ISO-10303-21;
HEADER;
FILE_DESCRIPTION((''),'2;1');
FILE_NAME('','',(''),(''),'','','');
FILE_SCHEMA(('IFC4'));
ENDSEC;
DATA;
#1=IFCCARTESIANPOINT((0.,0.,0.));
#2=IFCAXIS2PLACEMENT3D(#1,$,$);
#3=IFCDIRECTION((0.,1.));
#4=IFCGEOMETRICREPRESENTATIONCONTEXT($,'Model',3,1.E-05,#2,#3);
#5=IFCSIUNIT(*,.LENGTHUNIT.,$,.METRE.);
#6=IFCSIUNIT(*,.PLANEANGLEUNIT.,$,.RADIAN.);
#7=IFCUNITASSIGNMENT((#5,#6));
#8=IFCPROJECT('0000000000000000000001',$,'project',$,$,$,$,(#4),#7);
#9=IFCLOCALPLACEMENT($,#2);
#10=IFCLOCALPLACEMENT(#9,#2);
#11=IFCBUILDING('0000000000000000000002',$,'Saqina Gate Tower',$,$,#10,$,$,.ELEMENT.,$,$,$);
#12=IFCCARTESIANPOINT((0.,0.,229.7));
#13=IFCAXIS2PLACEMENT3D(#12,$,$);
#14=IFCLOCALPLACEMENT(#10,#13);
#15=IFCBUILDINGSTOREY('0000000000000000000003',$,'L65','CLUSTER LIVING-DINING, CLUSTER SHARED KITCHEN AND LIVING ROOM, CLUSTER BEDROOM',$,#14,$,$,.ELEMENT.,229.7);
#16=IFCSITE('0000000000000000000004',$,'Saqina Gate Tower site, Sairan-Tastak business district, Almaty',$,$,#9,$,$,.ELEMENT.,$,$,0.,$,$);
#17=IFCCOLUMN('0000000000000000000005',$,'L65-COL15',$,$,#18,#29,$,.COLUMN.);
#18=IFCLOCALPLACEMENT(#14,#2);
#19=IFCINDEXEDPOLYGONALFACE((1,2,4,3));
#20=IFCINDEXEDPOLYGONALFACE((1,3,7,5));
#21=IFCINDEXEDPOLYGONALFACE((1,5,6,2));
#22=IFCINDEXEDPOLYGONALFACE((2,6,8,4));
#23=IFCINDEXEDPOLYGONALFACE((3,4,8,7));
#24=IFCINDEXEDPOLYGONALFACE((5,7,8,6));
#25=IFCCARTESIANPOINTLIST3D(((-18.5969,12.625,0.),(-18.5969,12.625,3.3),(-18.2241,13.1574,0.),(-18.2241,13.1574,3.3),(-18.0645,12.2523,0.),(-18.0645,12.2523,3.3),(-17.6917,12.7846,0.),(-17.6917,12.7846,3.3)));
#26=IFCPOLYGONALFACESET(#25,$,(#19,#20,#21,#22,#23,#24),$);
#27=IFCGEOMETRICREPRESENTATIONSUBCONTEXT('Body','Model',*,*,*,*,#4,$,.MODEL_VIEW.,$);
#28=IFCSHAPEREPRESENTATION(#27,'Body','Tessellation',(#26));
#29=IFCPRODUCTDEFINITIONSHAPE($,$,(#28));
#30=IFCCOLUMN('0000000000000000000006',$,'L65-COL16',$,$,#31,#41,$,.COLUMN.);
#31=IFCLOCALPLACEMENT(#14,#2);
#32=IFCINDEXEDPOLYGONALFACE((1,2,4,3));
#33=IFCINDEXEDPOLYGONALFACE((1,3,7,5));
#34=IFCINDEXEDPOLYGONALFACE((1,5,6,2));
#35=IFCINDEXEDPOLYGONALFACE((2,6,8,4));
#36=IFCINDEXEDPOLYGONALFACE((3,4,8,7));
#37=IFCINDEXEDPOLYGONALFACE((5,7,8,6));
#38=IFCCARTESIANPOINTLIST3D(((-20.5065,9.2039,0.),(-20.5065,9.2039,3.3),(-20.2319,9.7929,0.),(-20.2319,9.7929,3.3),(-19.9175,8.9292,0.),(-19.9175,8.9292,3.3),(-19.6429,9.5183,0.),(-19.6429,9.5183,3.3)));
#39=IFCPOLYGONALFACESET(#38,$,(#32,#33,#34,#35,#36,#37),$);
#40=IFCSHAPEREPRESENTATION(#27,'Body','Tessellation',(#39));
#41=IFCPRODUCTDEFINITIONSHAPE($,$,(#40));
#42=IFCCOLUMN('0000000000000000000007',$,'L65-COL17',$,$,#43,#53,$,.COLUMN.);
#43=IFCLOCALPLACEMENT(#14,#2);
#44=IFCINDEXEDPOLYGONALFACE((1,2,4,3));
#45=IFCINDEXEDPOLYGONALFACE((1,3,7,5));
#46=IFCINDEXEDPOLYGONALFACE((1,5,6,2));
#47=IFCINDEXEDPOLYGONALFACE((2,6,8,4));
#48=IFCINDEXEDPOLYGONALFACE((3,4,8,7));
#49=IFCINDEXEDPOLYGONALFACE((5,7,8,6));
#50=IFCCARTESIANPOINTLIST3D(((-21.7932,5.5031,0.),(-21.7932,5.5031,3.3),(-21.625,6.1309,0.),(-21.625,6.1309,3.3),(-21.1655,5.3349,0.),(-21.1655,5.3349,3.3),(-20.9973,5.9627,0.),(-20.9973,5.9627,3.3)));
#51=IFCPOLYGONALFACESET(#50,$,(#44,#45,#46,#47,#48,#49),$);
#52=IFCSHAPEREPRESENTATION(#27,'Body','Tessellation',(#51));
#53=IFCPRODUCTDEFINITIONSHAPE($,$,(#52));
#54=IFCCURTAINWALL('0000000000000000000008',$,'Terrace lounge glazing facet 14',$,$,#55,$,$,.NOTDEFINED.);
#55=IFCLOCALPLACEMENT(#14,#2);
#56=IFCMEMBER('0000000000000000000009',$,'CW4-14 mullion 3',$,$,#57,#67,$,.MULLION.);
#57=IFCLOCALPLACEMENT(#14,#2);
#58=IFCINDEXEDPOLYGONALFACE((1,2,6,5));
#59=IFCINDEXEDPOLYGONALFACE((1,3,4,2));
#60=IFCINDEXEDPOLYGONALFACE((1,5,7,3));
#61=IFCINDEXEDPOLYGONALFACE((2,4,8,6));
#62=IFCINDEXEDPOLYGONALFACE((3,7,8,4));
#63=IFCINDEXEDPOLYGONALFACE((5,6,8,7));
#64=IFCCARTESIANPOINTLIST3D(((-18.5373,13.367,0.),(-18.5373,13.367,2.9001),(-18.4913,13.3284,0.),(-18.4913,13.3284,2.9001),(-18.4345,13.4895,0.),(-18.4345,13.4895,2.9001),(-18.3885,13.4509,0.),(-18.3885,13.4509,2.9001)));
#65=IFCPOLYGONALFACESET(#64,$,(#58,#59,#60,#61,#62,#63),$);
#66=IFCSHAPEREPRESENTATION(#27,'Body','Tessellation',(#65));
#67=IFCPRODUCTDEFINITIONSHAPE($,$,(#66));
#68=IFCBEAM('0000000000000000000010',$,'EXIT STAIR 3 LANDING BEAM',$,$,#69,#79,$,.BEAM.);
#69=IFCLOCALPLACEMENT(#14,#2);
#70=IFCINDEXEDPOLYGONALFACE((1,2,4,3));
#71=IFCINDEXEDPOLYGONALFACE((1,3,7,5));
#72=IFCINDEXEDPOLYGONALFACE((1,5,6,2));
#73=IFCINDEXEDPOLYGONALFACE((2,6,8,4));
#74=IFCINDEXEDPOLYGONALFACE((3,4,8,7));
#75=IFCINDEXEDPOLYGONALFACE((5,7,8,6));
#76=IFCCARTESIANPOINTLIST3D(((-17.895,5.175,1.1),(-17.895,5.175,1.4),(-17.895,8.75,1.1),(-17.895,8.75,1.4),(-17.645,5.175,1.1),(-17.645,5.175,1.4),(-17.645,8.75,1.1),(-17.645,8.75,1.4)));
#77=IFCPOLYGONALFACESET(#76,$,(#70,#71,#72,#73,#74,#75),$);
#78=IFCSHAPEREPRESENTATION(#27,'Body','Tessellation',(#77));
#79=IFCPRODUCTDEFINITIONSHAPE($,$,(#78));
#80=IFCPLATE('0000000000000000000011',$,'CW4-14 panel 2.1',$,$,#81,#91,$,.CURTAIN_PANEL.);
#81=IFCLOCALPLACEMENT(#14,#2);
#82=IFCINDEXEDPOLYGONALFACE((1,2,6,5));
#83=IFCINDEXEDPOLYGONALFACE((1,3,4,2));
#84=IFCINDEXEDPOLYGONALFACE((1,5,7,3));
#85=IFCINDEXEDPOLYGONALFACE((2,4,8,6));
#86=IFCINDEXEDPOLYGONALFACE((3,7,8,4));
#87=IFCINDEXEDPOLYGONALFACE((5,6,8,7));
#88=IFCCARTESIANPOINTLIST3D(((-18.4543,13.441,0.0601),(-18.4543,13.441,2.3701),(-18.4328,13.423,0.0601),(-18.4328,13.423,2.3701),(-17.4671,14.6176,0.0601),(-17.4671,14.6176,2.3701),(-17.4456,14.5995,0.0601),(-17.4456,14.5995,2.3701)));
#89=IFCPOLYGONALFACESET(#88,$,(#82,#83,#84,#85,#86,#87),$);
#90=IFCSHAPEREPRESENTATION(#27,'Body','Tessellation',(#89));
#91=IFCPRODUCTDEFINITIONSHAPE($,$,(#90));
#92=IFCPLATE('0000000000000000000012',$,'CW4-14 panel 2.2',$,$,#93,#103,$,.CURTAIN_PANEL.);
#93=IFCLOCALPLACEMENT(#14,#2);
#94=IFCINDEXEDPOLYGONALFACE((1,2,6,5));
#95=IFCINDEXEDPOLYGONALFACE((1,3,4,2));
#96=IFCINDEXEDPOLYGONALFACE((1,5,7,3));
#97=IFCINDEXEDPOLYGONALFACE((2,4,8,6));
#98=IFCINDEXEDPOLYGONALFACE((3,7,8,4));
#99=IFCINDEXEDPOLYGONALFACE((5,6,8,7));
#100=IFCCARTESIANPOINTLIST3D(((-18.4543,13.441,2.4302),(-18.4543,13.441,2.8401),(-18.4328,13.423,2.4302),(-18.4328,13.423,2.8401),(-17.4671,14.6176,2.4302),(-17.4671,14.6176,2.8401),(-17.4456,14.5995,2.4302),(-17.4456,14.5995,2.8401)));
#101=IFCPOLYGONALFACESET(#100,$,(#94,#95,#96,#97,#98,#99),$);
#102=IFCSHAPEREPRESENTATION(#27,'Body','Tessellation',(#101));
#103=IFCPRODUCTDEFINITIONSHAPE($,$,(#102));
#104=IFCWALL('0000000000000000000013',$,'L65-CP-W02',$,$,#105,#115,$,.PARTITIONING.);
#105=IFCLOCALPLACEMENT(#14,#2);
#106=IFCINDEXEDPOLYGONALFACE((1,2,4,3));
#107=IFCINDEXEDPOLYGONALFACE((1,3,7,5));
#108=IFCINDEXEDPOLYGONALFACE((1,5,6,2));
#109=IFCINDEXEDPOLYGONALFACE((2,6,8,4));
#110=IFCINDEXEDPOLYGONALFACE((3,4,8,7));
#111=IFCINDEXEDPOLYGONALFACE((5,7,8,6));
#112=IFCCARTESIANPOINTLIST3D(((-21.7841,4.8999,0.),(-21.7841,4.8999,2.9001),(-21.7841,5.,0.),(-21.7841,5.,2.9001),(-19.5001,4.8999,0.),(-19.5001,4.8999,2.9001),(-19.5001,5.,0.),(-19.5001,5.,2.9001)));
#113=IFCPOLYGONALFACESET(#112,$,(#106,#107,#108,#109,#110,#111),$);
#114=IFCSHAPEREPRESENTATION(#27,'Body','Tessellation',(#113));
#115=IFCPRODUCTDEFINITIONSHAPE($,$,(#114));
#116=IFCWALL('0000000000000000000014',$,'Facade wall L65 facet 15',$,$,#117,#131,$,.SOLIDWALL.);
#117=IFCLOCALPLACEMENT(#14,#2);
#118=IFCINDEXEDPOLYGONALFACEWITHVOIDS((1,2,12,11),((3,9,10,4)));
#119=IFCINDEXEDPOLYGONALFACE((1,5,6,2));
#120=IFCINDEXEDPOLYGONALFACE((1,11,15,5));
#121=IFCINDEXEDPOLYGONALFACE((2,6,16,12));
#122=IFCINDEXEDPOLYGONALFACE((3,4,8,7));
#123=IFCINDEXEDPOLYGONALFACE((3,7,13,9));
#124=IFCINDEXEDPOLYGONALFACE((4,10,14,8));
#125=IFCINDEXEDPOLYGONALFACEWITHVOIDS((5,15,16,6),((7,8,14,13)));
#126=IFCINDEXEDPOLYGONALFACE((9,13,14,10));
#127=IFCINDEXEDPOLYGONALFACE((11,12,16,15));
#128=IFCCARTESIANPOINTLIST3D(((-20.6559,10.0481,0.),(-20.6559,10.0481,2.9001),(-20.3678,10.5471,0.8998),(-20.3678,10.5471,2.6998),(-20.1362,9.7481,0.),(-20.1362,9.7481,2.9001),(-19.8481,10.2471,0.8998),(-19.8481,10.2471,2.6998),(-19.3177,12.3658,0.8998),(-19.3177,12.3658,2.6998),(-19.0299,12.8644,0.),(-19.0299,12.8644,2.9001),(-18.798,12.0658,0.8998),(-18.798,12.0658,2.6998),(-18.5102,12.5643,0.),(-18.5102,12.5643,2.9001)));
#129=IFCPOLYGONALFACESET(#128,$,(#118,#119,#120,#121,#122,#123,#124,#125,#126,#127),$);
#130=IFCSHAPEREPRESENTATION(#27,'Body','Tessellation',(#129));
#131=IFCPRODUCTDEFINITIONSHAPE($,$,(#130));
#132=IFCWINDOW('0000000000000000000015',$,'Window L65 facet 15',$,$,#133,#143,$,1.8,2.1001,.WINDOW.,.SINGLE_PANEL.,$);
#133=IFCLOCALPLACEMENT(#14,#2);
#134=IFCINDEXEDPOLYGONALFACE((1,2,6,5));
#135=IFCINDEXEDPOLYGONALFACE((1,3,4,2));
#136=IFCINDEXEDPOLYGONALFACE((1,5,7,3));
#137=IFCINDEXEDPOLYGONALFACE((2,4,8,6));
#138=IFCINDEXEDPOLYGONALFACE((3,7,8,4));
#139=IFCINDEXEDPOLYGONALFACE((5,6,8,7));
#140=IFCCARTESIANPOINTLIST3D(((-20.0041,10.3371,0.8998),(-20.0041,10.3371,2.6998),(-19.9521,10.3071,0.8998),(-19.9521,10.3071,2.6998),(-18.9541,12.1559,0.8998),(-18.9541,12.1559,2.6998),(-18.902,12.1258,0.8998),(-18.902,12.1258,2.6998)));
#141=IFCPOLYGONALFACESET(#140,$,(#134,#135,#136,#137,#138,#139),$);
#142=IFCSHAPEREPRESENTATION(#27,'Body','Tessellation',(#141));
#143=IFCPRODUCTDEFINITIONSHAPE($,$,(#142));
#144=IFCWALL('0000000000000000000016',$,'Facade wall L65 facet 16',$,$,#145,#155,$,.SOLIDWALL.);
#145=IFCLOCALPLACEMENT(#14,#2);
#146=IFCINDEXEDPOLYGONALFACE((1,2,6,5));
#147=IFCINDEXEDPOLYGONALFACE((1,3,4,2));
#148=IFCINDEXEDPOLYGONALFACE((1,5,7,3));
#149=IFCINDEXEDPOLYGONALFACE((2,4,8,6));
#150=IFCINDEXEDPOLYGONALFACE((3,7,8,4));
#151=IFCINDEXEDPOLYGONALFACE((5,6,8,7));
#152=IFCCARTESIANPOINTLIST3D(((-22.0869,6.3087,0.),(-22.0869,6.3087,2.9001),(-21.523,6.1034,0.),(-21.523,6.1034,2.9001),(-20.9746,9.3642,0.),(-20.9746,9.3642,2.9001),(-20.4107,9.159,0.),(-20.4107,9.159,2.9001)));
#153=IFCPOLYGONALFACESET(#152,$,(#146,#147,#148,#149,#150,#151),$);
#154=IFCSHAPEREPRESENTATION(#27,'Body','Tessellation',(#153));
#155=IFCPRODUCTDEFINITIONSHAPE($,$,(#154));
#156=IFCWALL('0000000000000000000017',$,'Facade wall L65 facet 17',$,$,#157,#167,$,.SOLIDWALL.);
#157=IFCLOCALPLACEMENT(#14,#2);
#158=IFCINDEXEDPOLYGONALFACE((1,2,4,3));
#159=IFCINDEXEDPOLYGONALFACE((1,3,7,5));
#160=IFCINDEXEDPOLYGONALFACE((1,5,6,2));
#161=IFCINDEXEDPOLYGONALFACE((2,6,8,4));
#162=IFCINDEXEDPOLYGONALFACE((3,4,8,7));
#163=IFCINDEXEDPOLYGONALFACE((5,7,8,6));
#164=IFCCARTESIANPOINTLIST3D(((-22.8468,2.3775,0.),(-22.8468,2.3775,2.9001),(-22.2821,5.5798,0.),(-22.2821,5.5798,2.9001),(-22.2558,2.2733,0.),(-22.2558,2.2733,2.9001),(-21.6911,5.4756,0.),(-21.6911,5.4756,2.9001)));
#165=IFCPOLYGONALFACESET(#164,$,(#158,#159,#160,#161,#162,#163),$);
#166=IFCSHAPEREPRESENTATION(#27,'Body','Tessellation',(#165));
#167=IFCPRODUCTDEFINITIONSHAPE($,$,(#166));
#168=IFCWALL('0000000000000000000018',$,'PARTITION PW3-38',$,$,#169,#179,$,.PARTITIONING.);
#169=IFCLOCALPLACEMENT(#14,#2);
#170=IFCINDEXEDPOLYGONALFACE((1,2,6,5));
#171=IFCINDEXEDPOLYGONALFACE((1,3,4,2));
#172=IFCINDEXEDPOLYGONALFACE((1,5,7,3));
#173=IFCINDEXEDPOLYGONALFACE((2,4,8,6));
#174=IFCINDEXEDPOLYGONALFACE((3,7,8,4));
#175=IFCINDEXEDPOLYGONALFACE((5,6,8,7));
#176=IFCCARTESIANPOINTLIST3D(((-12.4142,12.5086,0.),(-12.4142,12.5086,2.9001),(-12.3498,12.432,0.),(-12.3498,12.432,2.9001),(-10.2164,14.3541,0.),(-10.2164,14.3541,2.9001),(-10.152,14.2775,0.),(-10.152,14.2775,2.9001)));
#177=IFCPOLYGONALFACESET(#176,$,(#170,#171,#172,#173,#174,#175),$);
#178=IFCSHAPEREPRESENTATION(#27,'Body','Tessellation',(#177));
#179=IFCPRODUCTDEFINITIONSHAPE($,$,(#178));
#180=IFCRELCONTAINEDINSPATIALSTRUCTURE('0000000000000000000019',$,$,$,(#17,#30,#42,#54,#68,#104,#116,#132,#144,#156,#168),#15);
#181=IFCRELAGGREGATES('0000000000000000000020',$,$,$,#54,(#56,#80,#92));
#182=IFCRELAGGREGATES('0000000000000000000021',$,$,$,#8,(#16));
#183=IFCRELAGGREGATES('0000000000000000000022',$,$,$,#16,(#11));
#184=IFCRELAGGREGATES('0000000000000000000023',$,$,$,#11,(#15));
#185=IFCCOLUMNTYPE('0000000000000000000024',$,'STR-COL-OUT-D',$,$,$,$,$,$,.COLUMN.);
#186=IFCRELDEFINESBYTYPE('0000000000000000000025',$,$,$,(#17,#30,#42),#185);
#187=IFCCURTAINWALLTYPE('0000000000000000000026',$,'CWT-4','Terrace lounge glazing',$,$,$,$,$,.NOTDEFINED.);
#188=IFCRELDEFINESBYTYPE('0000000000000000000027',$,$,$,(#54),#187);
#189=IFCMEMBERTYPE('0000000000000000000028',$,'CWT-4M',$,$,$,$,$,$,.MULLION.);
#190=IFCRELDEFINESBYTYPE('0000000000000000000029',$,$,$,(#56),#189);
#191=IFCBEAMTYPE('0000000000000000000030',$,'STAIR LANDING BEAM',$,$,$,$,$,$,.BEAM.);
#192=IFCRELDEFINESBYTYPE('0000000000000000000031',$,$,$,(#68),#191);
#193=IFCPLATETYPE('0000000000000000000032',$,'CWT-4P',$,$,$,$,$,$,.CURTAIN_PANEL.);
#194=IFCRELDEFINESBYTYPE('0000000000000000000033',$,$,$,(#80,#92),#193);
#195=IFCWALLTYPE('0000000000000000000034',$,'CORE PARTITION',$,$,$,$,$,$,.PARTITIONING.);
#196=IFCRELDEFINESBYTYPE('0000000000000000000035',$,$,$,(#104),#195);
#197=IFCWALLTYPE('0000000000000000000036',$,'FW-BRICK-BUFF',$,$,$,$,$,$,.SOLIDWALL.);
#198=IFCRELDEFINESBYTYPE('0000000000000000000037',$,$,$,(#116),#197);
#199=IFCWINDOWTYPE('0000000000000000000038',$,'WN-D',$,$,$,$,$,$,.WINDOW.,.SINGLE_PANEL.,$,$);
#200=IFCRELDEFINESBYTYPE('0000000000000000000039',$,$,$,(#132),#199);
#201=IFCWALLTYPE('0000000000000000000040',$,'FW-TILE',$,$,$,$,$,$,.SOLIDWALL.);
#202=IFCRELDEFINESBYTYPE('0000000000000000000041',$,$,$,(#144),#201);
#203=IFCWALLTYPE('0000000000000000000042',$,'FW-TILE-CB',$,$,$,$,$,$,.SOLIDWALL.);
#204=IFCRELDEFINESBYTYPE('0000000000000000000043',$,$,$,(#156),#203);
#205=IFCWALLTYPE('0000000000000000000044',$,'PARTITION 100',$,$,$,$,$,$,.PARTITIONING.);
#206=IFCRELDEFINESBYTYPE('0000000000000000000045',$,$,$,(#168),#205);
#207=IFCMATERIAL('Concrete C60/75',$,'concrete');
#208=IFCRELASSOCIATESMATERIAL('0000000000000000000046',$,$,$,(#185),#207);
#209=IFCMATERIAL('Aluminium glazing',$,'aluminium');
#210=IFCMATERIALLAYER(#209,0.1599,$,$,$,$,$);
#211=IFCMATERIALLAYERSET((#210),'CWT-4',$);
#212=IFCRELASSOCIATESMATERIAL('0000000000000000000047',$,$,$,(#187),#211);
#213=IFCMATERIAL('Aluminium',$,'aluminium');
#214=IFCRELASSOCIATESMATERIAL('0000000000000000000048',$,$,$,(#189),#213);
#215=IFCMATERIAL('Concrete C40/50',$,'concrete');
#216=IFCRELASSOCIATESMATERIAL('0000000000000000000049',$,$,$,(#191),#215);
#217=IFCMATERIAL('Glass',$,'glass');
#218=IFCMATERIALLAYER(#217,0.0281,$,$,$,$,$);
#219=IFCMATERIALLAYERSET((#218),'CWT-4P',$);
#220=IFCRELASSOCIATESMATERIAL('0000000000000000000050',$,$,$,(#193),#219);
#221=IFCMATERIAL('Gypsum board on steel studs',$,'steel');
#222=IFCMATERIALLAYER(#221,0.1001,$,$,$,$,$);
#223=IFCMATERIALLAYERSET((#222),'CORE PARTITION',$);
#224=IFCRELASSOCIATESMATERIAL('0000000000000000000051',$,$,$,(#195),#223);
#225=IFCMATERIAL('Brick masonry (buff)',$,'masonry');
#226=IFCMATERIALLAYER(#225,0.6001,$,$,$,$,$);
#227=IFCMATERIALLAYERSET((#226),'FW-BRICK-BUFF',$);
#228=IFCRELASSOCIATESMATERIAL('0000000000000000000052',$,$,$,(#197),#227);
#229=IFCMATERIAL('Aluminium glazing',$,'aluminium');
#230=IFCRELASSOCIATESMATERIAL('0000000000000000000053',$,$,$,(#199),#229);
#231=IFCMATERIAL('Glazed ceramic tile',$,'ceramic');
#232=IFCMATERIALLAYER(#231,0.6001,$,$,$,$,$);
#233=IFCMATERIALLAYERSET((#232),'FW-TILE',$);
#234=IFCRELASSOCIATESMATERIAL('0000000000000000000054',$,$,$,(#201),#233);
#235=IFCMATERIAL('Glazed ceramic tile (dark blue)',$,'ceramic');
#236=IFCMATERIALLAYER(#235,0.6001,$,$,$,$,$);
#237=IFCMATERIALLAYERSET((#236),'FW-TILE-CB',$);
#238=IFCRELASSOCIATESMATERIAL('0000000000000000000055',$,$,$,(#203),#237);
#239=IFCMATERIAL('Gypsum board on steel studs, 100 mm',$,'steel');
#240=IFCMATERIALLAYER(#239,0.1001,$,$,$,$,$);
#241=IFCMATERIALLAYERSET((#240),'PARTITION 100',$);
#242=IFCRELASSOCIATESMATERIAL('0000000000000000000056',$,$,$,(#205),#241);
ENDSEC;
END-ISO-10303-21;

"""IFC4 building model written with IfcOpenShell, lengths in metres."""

from ifc_helpers import new_model, si_unit, direction, frame, frame_2d, origin, origin_2d, place, context, subcontext, project, spatial, rectangle, extrude, material, layer, layer_set, material_profile, profile_set, type_object, element, fill, aggregate, save


model = new_model("IFC4")

# Units and contexts
model_context = context("Model", 3, precision=1e-05, world=origin(), true_north=direction((0.0, 1.0)))
body_context = subcontext(model_context, "Body", "Model", "MODEL_VIEW")
ifc_project = project(units=[si_unit("LENGTHUNIT", "METRE"), si_unit("PLANEANGLEUNIT", "RADIAN")], contexts=[model_context])

# Site, building, storey
site_placement = place(None, origin())
site = spatial("IfcSite", under=ifc_project, at=site_placement, Name="Saqina Gate Tower site, Sairan-Tastak business district, Almaty", CompositionType="ELEMENT", RefElevation=0.0)
building_placement = place(site_placement, origin())
building = spatial("IfcBuilding", under=site, at=building_placement, Name="Saqina Gate Tower", CompositionType="ELEMENT")
storey_placement = place(building_placement, frame((0.0, 0.0, 229.7)))
storey = spatial("IfcBuildingStorey", under=building, at=storey_placement, Name="L65", Description="CLUSTER LIVING-DINING, CLUSTER SHARED KITCHEN AND LIVING ROOM, CLUSTER BEDROOM", CompositionType="ELEMENT", Elevation=229.7)

# Columns
ifc_material_1 = material(Name="Concrete C60/75", Category="concrete")
ifc_material_profile_1 = material_profile(ifc_material_1, rectangle(XDim=0.6499, YDim=0.6499, at=origin_2d()), Name="RC 650x650")
ifc_profile_set_1 = profile_set([ifc_material_profile_1], Name="Concrete C60/75")
column_type = type_object("IfcColumnType", Name="STR-COL-OUT-D", PredefinedType="COLUMN", material=ifc_profile_set_1)
for number, where, z_axis, x_axis, name in (
    (1, (-18.1443, 12.7048, 0.0), (0.0, 0.0, 1.0), (-0.819152, 0.573576, 0.0), "L65-COL15"),
    (2, (-20.0747, 9.3611, 0.0), (0.0, 0.0, 1.0), (-0.906308, 0.422618, 0.0), "L65-COL16"),
    (3, (-21.3953, 5.7329, 0.0), (0.0, 0.0, 1.0), (-0.965926, 0.258819, 0.0), "L65-COL17"),
):
    element("IfcColumn", number, at=place(storey_placement, frame(where, z_axis=z_axis, x_axis=x_axis)), inside=storey, type_object=column_type, Name=name, PredefinedType="COLUMN", context=body_context, shape_type="SweptSolid", body=[
        extrude(rectangle(XDim=0.6499, YDim=0.6499, at=origin_2d()), origin(), (0.0, 0.0, 1.0), 3.3),
    ])

# Curtain wall, member
ifc_material_2 = material(Name="Aluminium glazing", Category="aluminium")
ifc_layer_1 = layer(ifc_material_2, 0.1599)
ifc_layer_set_1 = layer_set([ifc_layer_1], Name="CWT-4")
curtain_wall_type = type_object("IfcCurtainWallType", Name="CWT-4", Description="Terrace lounge glazing", PredefinedType="NOTDEFINED", material=ifc_layer_set_1)
curtain_wall_placement = place(storey_placement, origin())
curtain_wall = element("IfcCurtainWall", 4, at=curtain_wall_placement, inside=storey, type_object=curtain_wall_type, Name="Terrace lounge glazing facet 14", PredefinedType="NOTDEFINED")
ifc_material_3 = material(Name="Aluminium", Category="aluminium")
ifc_material_profile_2 = material_profile(ifc_material_3, rectangle(XDim=0.0601, YDim=0.1599, at=origin_2d()), Name="Aluminium 60x160")
ifc_profile_set_2 = profile_set([ifc_material_profile_2], Name="Aluminium")
member_type = type_object("IfcMemberType", Name="CWT-4M", PredefinedType="MULLION", material=ifc_profile_set_2)
member_placement = place(storey_placement, frame((-18.4629, 13.4089, 0.0), z_axis=(0.0, 0.0, 1.0), x_axis=(0.766046, -0.642785, 0.0)))
member = element("IfcMember", 5, at=member_placement, type_object=member_type, Name="CW4-14 mullion 3", PredefinedType="MULLION", context=body_context, shape_type="SweptSolid", body=[
    extrude(rectangle(XDim=0.0601, YDim=0.1599, at=origin_2d()), origin(), (0.0, 0.0, 1.0), 2.9001),
])

# Beam
ifc_material_4 = material(Name="Concrete C40/50", Category="concrete")
ifc_material_profile_3 = material_profile(ifc_material_4, rectangle(XDim=0.25, YDim=0.3, at=origin_2d()), Name="STAIR LANDING BEAM")
ifc_profile_set_3 = profile_set([ifc_material_profile_3], Name="Concrete C40/50")
beam_type = type_object("IfcBeamType", Name="STAIR LANDING BEAM", PredefinedType="BEAM", material=ifc_profile_set_3)
beam_placement = place(storey_placement, frame((-17.77, 5.175, 1.25), z_axis=(0.0, 1.0, 0.0), x_axis=(-1.0, 0.0, 0.0)))
element("IfcBeam", 6, at=beam_placement, inside=storey, type_object=beam_type, Name="EXIT STAIR 3 LANDING BEAM", PredefinedType="BEAM", context=body_context, shape_type="SweptSolid", body=[
    extrude(rectangle(XDim=0.25, YDim=0.3, at=origin_2d()), origin(), (0.0, 0.0, 1.0), 3.575),
])

# Plates
ifc_material_5 = material(Name="Glass", Category="glass")
ifc_layer_2 = layer(ifc_material_5, 0.0281)
ifc_layer_set_2 = layer_set([ifc_layer_2], Name="CWT-4P")
plate_type = type_object("IfcPlateType", Name="CWT-4P", PredefinedType="CURTAIN_PANEL", material=ifc_layer_set_2)
plate_1_placement = place(storey_placement, frame((-17.95, 14.0203, 0.0601), z_axis=(0.0, 0.0, 1.0), x_axis=(-0.642785, -0.766046, 0.0)))
plate_1 = element("IfcPlate", 7, at=plate_1_placement, type_object=plate_type, Name="CW4-14 panel 2.1", PredefinedType="CURTAIN_PANEL", context=body_context, shape_type="SweptSolid", body=[
    extrude(rectangle(XDim=1.5359, YDim=0.0281, at=origin_2d()), origin(), (0.0, 0.0, 1.0), 2.3101),
])
plate_2_placement = place(storey_placement, frame((-17.95, 14.0203, 2.4302), z_axis=(0.0, 0.0, 1.0), x_axis=(-0.642785, -0.766046, 0.0)))
plate_2 = element("IfcPlate", 8, at=plate_2_placement, type_object=plate_type, Name="CW4-14 panel 2.2", PredefinedType="CURTAIN_PANEL", context=body_context, shape_type="SweptSolid", body=[
    extrude(rectangle(XDim=1.5359, YDim=0.0281, at=origin_2d()), origin(), (0.0, 0.0, 1.0), 0.4099),
])
aggregate(curtain_wall, [member, plate_1, plate_2])

# Wall
ifc_material_6 = material(Name="Gypsum board on steel studs", Category="steel")
ifc_layer_3 = layer(ifc_material_6, 0.1001)
ifc_layer_set_3 = layer_set([ifc_layer_3], Name="CORE PARTITION")
wall_type_1 = type_object("IfcWallType", Name="CORE PARTITION", PredefinedType="PARTITIONING", material=ifc_layer_set_3)
wall_1_placement = place(storey_placement, frame((-19.5, 4.95, 0.0), z_axis=(0.0, 0.0, 1.0), x_axis=(-1.0, 0.0, 0.0)))
element("IfcWall", 9, at=wall_1_placement, inside=storey, type_object=wall_type_1, Name="L65-CP-W02", PredefinedType="PARTITIONING", context=body_context, shape_type="SweptSolid", body=[
    extrude(rectangle(XDim=2.2839, YDim=0.1001, at=frame_2d((1.1421, 0.0))), origin(), (0.0, 0.0, 1.0), 2.9001),
])

# Wall, opening, window
ifc_material_7 = material(Name="Brick masonry (buff)", Category="masonry")
ifc_layer_4 = layer(ifc_material_7, 0.6001)
ifc_layer_set_4 = layer_set([ifc_layer_4], Name="FW-BRICK-BUFF")
wall_type_2 = type_object("IfcWallType", Name="FW-BRICK-BUFF", PredefinedType="SOLIDWALL", material=ifc_layer_set_4)
wall_2_placement = place(storey_placement, frame((-18.77, 12.7144, 0.0), z_axis=(0.0, 0.0, 1.0), x_axis=(-0.500015, -0.866017, 0.0)))
wall_2 = element("IfcWall", 10, at=wall_2_placement, inside=storey, type_object=wall_type_2, Name="Facade wall L65 facet 15", PredefinedType="SOLIDWALL", context=body_context, shape_type="SweptSolid", body=[
    extrude(rectangle(XDim=3.252, YDim=0.6001, at=frame_2d((1.626, 0.0))), origin(), (0.0, 0.0, 1.0), 2.9001),
])
opening_1_placement = place(wall_2_placement, frame((0.5757, 0.0, 0.8999)))
opening_1 = element("IfcOpeningElement", 11, at=opening_1_placement, cuts=wall_2, PredefinedType="OPENING", context=body_context, shape_type="SweptSolid", body=[
    extrude(rectangle(XDim=2.1001, YDim=1.8, at=frame_2d((1.05, 0.8999))), frame((0.0, 0.312, 0.0), z_axis=(0.0, -1.0, 0.0), x_axis=(1.0, 0.0, 0.0)), (0.0, 0.0, 1.0), 0.624),
])
ifc_material_8 = material(Name="Aluminium glazing", Category="aluminium")
window_type = type_object("IfcWindowType", Name="WN-D", PartitioningType="SINGLE_PANEL", PredefinedType="WINDOW", material=ifc_material_8)
window_placement = place(opening_1_placement, origin())
window = element("IfcWindow", 12, at=window_placement, inside=storey, type_object=window_type, Name="Window L65 facet 15", OverallHeight=1.8, OverallWidth=2.1001, PartitioningType="SINGLE_PANEL", PredefinedType="WINDOW", context=body_context, shape_type="SweptSolid", body=[
    extrude(rectangle(XDim=2.1001, YDim=1.8, at=frame_2d((1.05, 0.8999))), frame((0.0, 0.1799, 0.0), z_axis=(0.0, -1.0, 0.0), x_axis=(1.0, 0.0, 0.0)), (0.0, 0.0, 1.0), 0.0601),
])
fill(opening_1, window)

# Walls
ifc_material_9 = material(Name="Glazed ceramic tile", Category="ceramic")
ifc_layer_5 = layer(ifc_material_9, 0.6001)
ifc_layer_set_5 = layer_set([ifc_layer_5], Name="FW-TILE")
wall_type_3 = type_object("IfcWallType", Name="FW-TILE", PredefinedType="SOLIDWALL", material=ifc_layer_set_5)
wall_3_placement = place(storey_placement, frame((-20.6926, 9.2617, 0.0), z_axis=(0.0, 0.0, 1.0), x_axis=(-0.342057, -0.939679, 0.0)))
element("IfcWall", 13, at=wall_3_placement, inside=storey, type_object=wall_type_3, Name="Facade wall L65 facet 16", PredefinedType="SOLIDWALL", context=body_context, shape_type="SweptSolid", body=[
    extrude(rectangle(XDim=3.2517, YDim=0.6001, at=frame_2d((1.626, 0.0))), origin(), (0.0, 0.0, 1.0), 2.9001),
])
ifc_material_10 = material(Name="Glazed ceramic tile (dark blue)", Category="ceramic")
ifc_layer_6 = layer(ifc_material_10, 0.6001)
ifc_layer_set_6 = layer_set([ifc_layer_6], Name="FW-TILE-CB")
wall_type_4 = type_object("IfcWallType", Name="FW-TILE-CB", PredefinedType="SOLIDWALL", material=ifc_layer_set_6)
wall_4_placement = place(storey_placement, frame((-21.9866, 5.5278, 0.0), z_axis=(0.0, 0.0, 1.0), x_axis=(-0.173657, -0.984806, 0.0)))
element("IfcWall", 14, at=wall_4_placement, inside=storey, type_object=wall_type_4, Name="Facade wall L65 facet 17", PredefinedType="SOLIDWALL", context=body_context, shape_type="SweptSolid", body=[
    extrude(rectangle(XDim=3.2517, YDim=0.6001, at=frame_2d((1.626, 0.0))), origin(), (0.0, 0.0, 1.0), 2.9001),
])
ifc_material_11 = material(Name="Gypsum board on steel studs, 100 mm", Category="steel")
ifc_layer_7 = layer(ifc_material_11, 0.1001)
ifc_layer_set_7 = layer_set([ifc_layer_7], Name="PARTITION 100")
wall_type_5 = type_object("IfcWallType", Name="PARTITION 100", PredefinedType="PARTITIONING", material=ifc_layer_set_7)
wall_5_placement = place(storey_placement, frame((-12.3821, 12.4702, 0.0), z_axis=(0.0, 0.0, 1.0), x_axis=(0.765817, 0.643058, 0.0)))
element("IfcWall", 15, at=wall_5_placement, inside=storey, type_object=wall_type_5, Name="PARTITION PW3-38", PredefinedType="PARTITIONING", context=body_context, shape_type="SweptSolid", body=[
    extrude(rectangle(XDim=2.8699, YDim=0.1001, at=frame_2d((1.4351, 0.0))), origin(), (0.0, 0.0, 1.0), 2.9001),
])

save(model, "model.ifc")
